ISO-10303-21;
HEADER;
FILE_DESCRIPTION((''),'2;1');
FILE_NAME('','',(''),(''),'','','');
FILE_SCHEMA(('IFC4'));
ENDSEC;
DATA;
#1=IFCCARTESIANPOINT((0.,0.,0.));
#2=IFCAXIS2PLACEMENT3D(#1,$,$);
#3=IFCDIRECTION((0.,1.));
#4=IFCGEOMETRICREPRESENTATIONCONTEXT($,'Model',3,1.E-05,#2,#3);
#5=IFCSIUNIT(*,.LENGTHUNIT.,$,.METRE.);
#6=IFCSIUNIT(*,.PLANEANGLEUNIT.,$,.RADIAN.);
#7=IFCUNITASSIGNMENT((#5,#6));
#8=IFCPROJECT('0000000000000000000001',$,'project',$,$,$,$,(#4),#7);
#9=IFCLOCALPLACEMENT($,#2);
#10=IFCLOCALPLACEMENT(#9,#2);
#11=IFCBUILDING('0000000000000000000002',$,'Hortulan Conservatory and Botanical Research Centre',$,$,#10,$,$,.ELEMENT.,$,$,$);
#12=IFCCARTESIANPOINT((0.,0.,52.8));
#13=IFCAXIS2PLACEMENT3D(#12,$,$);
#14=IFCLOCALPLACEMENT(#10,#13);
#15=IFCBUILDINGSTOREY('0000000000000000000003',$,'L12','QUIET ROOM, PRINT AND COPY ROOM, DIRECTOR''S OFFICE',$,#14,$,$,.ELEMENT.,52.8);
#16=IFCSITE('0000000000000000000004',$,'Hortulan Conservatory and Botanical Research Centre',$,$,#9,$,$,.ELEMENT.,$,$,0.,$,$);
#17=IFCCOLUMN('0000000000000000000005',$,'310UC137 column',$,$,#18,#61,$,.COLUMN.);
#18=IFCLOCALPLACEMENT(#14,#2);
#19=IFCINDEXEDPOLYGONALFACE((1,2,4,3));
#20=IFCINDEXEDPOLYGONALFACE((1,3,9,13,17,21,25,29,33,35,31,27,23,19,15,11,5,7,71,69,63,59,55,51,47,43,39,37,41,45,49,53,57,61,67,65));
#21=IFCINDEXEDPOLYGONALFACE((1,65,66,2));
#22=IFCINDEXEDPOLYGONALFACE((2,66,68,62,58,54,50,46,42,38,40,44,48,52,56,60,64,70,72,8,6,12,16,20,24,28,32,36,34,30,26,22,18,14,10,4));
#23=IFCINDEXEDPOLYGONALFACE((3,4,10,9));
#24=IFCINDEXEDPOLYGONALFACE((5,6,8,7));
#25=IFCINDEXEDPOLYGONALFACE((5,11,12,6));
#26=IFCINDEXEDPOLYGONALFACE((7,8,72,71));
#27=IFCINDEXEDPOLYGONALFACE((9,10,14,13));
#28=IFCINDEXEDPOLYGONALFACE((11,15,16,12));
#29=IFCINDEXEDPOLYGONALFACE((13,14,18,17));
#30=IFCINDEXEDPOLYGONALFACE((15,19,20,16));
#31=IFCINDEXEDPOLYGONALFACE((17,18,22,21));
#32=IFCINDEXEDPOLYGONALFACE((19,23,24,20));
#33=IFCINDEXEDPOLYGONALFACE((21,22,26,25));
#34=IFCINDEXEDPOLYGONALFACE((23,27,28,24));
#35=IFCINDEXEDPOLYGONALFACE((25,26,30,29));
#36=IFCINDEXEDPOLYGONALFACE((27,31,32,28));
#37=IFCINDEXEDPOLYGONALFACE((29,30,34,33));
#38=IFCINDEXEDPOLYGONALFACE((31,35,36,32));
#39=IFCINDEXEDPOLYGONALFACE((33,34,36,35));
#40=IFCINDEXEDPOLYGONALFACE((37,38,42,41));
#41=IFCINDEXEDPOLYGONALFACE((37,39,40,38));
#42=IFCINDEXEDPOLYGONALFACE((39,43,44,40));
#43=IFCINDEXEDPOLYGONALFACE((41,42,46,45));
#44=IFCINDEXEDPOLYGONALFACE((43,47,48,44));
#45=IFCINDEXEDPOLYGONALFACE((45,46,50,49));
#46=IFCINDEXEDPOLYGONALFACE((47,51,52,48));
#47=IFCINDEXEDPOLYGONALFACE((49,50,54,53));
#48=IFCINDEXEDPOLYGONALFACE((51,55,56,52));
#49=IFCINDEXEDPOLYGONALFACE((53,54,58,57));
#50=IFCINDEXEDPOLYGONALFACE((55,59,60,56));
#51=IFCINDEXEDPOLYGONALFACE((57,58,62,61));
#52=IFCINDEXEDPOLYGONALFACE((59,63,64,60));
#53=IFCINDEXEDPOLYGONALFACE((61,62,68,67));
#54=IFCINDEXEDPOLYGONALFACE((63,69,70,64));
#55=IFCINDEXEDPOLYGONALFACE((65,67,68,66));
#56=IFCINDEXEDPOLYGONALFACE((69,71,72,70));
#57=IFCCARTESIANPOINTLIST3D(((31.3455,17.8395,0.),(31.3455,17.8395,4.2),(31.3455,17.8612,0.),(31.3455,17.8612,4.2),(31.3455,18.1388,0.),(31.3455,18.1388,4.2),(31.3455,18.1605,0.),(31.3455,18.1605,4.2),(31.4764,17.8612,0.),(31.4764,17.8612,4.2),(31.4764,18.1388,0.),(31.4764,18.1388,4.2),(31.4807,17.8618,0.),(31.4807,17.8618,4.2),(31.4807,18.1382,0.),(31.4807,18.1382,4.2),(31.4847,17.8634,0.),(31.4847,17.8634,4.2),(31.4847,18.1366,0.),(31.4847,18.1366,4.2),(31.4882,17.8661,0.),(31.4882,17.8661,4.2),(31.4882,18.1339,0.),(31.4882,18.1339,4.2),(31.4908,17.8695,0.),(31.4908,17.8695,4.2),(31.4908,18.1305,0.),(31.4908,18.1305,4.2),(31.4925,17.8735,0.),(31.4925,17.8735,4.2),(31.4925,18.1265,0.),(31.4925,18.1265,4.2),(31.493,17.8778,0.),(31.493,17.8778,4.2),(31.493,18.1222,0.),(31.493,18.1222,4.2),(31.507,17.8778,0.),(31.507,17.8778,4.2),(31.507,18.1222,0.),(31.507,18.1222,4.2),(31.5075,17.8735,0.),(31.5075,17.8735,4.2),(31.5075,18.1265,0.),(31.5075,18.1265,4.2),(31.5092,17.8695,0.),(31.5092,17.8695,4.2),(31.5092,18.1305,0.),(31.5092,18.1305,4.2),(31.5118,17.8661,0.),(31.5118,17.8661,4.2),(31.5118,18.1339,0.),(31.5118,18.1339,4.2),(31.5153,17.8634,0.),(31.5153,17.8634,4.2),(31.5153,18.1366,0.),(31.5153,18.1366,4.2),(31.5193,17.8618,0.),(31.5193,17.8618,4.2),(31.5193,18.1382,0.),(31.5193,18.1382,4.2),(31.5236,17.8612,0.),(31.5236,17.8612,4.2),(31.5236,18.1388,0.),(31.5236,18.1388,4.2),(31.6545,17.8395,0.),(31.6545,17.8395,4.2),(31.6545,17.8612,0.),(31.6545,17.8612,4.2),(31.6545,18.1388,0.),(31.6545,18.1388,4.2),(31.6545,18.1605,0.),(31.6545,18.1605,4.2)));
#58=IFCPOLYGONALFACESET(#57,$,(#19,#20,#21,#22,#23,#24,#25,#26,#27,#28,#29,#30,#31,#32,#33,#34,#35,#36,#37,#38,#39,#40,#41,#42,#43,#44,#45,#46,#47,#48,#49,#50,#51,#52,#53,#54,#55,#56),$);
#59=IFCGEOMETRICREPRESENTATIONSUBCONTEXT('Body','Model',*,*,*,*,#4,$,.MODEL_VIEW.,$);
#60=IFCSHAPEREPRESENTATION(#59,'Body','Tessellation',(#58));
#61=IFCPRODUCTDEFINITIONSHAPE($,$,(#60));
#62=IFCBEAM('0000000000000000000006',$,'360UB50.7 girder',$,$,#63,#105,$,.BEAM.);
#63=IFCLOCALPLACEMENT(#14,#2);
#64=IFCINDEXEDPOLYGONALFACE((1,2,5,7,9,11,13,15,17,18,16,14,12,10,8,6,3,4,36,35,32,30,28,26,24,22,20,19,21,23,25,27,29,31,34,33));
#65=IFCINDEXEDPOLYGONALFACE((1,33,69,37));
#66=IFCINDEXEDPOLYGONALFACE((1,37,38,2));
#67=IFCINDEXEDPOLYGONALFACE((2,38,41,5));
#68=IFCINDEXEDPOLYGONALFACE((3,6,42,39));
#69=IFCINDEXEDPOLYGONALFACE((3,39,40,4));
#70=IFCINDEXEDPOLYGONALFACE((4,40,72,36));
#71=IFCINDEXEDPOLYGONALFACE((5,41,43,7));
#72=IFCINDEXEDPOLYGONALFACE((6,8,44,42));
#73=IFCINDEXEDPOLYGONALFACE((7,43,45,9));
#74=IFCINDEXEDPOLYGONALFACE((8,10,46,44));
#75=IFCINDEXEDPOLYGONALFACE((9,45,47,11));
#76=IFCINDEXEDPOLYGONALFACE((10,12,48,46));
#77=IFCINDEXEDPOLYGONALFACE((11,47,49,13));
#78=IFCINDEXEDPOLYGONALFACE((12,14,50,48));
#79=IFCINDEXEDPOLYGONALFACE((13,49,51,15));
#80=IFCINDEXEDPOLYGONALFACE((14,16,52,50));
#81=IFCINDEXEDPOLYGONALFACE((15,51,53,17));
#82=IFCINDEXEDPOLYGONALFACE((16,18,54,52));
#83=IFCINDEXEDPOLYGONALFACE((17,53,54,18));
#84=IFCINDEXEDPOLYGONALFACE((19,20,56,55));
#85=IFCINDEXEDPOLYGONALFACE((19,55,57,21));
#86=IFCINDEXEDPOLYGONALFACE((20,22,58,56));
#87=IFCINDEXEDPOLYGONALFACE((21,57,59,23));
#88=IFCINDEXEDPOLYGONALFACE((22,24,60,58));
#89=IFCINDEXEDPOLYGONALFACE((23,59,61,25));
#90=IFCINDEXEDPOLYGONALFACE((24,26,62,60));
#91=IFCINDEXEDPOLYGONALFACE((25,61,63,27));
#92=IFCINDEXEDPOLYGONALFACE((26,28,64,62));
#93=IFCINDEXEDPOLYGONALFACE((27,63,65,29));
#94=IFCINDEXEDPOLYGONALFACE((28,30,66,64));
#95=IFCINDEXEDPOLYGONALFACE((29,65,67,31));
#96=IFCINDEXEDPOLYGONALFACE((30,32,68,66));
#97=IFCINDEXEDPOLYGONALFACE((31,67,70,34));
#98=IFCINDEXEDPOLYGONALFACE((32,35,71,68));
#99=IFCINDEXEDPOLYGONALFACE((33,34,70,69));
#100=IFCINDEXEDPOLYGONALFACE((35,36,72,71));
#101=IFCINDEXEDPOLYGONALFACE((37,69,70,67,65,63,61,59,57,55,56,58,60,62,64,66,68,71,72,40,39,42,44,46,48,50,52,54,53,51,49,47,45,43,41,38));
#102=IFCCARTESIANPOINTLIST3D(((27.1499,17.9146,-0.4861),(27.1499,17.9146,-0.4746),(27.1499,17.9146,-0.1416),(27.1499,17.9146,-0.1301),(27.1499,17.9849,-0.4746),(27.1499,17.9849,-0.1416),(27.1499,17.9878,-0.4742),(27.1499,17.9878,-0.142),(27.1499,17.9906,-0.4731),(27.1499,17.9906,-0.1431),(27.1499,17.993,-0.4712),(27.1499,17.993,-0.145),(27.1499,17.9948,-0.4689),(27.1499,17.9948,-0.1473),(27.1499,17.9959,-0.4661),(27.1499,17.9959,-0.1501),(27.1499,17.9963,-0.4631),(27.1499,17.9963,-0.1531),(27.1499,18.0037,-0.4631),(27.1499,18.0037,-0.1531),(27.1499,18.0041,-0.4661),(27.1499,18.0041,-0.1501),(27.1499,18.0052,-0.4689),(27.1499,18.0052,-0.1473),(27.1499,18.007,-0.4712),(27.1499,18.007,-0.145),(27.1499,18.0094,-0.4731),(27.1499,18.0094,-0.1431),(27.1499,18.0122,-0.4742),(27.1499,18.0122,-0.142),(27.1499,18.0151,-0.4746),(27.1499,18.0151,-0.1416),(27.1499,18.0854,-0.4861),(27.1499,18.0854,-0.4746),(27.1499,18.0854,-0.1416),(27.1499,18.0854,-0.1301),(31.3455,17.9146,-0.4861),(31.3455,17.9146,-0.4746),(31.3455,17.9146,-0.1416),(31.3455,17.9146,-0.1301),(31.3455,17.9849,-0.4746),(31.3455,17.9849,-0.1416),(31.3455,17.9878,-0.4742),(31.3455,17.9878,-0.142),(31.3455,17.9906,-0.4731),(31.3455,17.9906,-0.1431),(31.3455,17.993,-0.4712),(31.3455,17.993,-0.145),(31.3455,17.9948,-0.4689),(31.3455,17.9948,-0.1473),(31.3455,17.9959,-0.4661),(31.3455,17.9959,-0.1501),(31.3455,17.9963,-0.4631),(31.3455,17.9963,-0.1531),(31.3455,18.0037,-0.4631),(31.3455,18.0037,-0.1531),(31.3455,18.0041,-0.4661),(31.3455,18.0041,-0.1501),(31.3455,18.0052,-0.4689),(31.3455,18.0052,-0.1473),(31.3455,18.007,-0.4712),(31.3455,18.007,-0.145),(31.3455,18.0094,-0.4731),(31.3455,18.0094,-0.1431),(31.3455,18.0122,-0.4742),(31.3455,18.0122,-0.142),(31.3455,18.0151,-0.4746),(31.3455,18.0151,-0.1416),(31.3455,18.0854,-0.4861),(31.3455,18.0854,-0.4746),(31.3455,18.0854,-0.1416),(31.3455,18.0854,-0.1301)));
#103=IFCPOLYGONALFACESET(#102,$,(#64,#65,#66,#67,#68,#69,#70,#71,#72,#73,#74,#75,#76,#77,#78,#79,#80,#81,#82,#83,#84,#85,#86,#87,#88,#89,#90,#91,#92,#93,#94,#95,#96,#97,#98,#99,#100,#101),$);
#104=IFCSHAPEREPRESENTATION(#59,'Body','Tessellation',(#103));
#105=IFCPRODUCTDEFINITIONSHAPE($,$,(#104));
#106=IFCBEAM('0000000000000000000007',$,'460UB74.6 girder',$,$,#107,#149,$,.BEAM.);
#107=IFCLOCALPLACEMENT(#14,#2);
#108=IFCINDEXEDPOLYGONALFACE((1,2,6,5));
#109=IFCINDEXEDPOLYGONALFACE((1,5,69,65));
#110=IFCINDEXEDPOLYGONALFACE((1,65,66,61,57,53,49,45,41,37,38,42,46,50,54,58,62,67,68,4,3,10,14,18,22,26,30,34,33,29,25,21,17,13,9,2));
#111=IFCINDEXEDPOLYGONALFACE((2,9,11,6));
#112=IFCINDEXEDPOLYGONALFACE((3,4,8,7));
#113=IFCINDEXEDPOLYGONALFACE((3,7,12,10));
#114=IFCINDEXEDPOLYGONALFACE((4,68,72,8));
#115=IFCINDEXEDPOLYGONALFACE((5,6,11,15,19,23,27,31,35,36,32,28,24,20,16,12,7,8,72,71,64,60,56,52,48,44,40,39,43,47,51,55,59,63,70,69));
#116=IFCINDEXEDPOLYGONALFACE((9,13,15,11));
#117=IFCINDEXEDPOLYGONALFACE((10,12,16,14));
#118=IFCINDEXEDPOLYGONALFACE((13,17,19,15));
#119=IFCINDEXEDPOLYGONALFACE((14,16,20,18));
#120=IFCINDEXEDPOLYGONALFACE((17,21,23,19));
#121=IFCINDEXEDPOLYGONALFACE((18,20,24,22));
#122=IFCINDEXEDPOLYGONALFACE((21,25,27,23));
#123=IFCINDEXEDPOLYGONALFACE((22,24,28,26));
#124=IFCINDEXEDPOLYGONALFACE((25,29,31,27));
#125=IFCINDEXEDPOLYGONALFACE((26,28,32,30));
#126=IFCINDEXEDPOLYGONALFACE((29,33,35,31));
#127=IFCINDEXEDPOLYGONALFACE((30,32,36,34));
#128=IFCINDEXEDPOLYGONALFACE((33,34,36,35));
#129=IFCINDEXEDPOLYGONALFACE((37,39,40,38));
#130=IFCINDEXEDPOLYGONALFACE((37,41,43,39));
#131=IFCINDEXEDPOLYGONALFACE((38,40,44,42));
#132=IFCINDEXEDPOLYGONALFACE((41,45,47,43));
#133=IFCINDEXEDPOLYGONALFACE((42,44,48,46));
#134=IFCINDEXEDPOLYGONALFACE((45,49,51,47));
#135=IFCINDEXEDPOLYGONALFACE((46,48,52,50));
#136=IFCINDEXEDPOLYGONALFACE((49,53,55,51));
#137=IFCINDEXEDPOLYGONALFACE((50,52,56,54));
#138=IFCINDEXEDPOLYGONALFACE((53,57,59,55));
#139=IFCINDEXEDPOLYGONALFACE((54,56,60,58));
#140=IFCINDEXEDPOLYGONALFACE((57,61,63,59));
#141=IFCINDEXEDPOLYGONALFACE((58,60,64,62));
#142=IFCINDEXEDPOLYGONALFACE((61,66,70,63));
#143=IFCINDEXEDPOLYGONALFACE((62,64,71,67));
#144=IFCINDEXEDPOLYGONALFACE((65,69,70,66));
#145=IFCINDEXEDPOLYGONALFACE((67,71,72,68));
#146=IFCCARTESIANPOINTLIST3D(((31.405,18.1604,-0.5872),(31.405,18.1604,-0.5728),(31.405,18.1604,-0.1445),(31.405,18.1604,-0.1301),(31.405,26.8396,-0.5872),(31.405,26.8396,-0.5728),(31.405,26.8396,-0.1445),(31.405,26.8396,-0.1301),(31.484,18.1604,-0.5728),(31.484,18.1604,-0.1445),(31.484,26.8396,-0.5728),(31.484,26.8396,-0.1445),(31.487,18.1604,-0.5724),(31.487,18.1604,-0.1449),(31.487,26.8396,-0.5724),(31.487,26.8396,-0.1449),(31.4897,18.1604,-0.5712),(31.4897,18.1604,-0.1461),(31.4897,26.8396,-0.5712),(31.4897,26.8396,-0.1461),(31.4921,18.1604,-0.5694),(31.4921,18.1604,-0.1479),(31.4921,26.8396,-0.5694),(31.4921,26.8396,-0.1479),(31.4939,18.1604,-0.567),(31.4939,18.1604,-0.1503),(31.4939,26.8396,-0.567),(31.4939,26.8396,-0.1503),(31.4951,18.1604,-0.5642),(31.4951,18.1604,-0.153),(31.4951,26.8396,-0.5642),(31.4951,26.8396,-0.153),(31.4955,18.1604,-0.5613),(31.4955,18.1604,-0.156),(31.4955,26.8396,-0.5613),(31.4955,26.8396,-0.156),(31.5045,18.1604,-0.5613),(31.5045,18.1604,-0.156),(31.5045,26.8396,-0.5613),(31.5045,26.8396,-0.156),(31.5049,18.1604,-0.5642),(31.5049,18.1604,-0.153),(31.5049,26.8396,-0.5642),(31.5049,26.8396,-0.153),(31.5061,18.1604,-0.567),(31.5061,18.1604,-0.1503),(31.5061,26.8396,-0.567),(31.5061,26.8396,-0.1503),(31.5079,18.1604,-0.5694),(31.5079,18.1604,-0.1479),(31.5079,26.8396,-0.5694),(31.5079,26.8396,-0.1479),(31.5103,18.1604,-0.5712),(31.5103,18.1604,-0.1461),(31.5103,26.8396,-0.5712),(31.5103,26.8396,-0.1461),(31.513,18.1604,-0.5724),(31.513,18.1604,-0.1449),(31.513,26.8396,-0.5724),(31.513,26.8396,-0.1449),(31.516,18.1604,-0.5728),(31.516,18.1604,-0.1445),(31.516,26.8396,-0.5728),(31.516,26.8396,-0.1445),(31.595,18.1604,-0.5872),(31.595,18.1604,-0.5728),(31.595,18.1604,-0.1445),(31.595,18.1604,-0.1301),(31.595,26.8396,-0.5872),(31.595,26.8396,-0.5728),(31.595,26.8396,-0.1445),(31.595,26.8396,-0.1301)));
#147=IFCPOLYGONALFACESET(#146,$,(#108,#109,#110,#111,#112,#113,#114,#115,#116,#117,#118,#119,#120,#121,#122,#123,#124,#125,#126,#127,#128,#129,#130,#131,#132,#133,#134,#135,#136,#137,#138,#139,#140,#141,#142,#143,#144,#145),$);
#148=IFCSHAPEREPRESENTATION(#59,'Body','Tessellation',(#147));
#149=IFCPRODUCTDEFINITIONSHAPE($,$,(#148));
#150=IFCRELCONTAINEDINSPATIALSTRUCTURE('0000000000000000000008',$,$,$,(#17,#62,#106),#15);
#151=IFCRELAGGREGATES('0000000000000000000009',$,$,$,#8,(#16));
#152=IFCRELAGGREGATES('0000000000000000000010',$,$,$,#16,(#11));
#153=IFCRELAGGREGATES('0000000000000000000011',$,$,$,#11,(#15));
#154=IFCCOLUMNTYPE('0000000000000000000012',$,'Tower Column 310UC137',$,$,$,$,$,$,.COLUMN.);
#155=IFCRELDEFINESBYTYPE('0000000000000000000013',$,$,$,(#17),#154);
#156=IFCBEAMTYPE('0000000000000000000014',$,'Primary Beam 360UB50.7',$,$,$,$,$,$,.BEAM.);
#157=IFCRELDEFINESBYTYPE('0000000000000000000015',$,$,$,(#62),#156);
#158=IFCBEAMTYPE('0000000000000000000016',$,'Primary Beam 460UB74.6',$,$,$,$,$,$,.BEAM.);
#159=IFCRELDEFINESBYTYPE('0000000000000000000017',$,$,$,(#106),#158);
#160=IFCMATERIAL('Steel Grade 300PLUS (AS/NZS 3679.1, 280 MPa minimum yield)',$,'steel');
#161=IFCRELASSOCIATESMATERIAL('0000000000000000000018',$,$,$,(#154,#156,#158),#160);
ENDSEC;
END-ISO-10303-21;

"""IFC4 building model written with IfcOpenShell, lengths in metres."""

from ifc_helpers import new_model, si_unit, direction, frame, origin, origin_2d, place, context, subcontext, project, spatial, i_section, extrude, material, material_profile, profile_set, type_object, element, save


model = new_model("IFC4")

# Units and contexts
model_context = context("Model", 3, precision=1e-05, world=origin(), true_north=direction((0.0, 1.0)))
body_context = subcontext(model_context, "Body", "Model", "MODEL_VIEW")
ifc_project = project(units=[si_unit("LENGTHUNIT", "METRE"), si_unit("PLANEANGLEUNIT", "RADIAN")], contexts=[model_context])

# Site, building, storey
site_placement = place(None, origin())
site = spatial("IfcSite", under=ifc_project, at=site_placement, Name="Hortulan Conservatory and Botanical Research Centre", CompositionType="ELEMENT", RefElevation=0.0)
building_placement = place(site_placement, origin())
building = spatial("IfcBuilding", under=site, at=building_placement, Name="Hortulan Conservatory and Botanical Research Centre", CompositionType="ELEMENT")
storey_placement = place(building_placement, frame((0.0, 0.0, 52.8)))
storey = spatial("IfcBuildingStorey", under=building, at=storey_placement, Name="L12", Description="QUIET ROOM, PRINT AND COPY ROOM, DIRECTOR'S OFFICE", CompositionType="ELEMENT", Elevation=52.8)

# Column
ifc_material_1 = material(Name="Steel Grade 300PLUS (AS/NZS 3679.1, 280 MPa minimum yield)", Category="steel")
ifc_material_profile_1 = material_profile(ifc_material_1, i_section(OverallWidth=0.3091, OverallDepth=0.321, WebThickness=0.0139, FlangeThickness=0.0217, FilletRadius=0.0166, at=origin_2d()), Name="310UC137")
ifc_profile_set_1 = profile_set([ifc_material_profile_1], Name="Steel Grade 300PLUS (AS/NZS 3679.1, 280 MPa minimum yield)")
column_type = type_object("IfcColumnType", Name="Tower Column 310UC137", PredefinedType="COLUMN", material=ifc_profile_set_1)
column_placement = place(storey_placement, frame((31.5, 18.0, 0.0), z_axis=(0.0, 0.0, 1.0), x_axis=(1.0, 0.0, 0.0)))
element("IfcColumn", 1, at=column_placement, inside=storey, type_object=column_type, Name="310UC137 column", PredefinedType="COLUMN", context=body_context, shape_type="SweptSolid", body=[
    extrude(i_section(OverallWidth=0.3091, OverallDepth=0.321, WebThickness=0.0139, FlangeThickness=0.0217, FilletRadius=0.0166, at=origin_2d()), origin(), (0.0, 0.0, 1.0), 4.2),
])

# Beams
ifc_material_profile_2 = material_profile(ifc_material_1, i_section(OverallWidth=0.1709, OverallDepth=0.356, WebThickness=0.0073, FlangeThickness=0.0115, FilletRadius=0.0115, at=origin_2d()), Name="360UB50.7")
ifc_profile_set_2 = profile_set([ifc_material_profile_2], Name="Steel Grade 300PLUS (AS/NZS 3679.1, 280 MPa minimum yield)")
beam_type_1 = type_object("IfcBeamType", Name="Primary Beam 360UB50.7", PredefinedType="BEAM", material=ifc_profile_set_2)
beam_1_placement = place(storey_placement, frame((27.1499, 18.0, -0.3081), z_axis=(1.0, 0.0, 0.0), x_axis=(0.0, 1.0, 0.0)))
element("IfcBeam", 2, at=beam_1_placement, inside=storey, type_object=beam_type_1, Name="360UB50.7 girder", PredefinedType="BEAM", context=body_context, shape_type="SweptSolid", body=[
    extrude(i_section(OverallWidth=0.1709, OverallDepth=0.356, WebThickness=0.0073, FlangeThickness=0.0115, FilletRadius=0.0115, at=origin_2d()), origin(), (0.0, 0.0, 1.0), 4.1956),
])
ifc_material_profile_3 = material_profile(ifc_material_1, i_section(OverallWidth=0.1899, OverallDepth=0.457, WebThickness=0.009, FlangeThickness=0.0144, FilletRadius=0.0115, at=origin_2d()), Name="460UB74.6")
ifc_profile_set_3 = profile_set([ifc_material_profile_3], Name="Steel Grade 300PLUS (AS/NZS 3679.1, 280 MPa minimum yield)")
beam_type_2 = type_object("IfcBeamType", Name="Primary Beam 460UB74.6", PredefinedType="BEAM", material=ifc_profile_set_3)
beam_2_placement = place(storey_placement, frame((31.5, 18.1604, -0.3586), z_axis=(0.0, 1.0, 0.0), x_axis=(-1.0, 0.0, 0.0)))
element("IfcBeam", 3, at=beam_2_placement, inside=storey, type_object=beam_type_2, Name="460UB74.6 girder", PredefinedType="BEAM", context=body_context, shape_type="SweptSolid", body=[
    extrude(i_section(OverallWidth=0.1899, OverallDepth=0.457, WebThickness=0.009, FlangeThickness=0.0144, FilletRadius=0.0115, at=origin_2d()), origin(), (0.0, 0.0, 1.0), 8.6792),
])

save(model, "model.ifc")
